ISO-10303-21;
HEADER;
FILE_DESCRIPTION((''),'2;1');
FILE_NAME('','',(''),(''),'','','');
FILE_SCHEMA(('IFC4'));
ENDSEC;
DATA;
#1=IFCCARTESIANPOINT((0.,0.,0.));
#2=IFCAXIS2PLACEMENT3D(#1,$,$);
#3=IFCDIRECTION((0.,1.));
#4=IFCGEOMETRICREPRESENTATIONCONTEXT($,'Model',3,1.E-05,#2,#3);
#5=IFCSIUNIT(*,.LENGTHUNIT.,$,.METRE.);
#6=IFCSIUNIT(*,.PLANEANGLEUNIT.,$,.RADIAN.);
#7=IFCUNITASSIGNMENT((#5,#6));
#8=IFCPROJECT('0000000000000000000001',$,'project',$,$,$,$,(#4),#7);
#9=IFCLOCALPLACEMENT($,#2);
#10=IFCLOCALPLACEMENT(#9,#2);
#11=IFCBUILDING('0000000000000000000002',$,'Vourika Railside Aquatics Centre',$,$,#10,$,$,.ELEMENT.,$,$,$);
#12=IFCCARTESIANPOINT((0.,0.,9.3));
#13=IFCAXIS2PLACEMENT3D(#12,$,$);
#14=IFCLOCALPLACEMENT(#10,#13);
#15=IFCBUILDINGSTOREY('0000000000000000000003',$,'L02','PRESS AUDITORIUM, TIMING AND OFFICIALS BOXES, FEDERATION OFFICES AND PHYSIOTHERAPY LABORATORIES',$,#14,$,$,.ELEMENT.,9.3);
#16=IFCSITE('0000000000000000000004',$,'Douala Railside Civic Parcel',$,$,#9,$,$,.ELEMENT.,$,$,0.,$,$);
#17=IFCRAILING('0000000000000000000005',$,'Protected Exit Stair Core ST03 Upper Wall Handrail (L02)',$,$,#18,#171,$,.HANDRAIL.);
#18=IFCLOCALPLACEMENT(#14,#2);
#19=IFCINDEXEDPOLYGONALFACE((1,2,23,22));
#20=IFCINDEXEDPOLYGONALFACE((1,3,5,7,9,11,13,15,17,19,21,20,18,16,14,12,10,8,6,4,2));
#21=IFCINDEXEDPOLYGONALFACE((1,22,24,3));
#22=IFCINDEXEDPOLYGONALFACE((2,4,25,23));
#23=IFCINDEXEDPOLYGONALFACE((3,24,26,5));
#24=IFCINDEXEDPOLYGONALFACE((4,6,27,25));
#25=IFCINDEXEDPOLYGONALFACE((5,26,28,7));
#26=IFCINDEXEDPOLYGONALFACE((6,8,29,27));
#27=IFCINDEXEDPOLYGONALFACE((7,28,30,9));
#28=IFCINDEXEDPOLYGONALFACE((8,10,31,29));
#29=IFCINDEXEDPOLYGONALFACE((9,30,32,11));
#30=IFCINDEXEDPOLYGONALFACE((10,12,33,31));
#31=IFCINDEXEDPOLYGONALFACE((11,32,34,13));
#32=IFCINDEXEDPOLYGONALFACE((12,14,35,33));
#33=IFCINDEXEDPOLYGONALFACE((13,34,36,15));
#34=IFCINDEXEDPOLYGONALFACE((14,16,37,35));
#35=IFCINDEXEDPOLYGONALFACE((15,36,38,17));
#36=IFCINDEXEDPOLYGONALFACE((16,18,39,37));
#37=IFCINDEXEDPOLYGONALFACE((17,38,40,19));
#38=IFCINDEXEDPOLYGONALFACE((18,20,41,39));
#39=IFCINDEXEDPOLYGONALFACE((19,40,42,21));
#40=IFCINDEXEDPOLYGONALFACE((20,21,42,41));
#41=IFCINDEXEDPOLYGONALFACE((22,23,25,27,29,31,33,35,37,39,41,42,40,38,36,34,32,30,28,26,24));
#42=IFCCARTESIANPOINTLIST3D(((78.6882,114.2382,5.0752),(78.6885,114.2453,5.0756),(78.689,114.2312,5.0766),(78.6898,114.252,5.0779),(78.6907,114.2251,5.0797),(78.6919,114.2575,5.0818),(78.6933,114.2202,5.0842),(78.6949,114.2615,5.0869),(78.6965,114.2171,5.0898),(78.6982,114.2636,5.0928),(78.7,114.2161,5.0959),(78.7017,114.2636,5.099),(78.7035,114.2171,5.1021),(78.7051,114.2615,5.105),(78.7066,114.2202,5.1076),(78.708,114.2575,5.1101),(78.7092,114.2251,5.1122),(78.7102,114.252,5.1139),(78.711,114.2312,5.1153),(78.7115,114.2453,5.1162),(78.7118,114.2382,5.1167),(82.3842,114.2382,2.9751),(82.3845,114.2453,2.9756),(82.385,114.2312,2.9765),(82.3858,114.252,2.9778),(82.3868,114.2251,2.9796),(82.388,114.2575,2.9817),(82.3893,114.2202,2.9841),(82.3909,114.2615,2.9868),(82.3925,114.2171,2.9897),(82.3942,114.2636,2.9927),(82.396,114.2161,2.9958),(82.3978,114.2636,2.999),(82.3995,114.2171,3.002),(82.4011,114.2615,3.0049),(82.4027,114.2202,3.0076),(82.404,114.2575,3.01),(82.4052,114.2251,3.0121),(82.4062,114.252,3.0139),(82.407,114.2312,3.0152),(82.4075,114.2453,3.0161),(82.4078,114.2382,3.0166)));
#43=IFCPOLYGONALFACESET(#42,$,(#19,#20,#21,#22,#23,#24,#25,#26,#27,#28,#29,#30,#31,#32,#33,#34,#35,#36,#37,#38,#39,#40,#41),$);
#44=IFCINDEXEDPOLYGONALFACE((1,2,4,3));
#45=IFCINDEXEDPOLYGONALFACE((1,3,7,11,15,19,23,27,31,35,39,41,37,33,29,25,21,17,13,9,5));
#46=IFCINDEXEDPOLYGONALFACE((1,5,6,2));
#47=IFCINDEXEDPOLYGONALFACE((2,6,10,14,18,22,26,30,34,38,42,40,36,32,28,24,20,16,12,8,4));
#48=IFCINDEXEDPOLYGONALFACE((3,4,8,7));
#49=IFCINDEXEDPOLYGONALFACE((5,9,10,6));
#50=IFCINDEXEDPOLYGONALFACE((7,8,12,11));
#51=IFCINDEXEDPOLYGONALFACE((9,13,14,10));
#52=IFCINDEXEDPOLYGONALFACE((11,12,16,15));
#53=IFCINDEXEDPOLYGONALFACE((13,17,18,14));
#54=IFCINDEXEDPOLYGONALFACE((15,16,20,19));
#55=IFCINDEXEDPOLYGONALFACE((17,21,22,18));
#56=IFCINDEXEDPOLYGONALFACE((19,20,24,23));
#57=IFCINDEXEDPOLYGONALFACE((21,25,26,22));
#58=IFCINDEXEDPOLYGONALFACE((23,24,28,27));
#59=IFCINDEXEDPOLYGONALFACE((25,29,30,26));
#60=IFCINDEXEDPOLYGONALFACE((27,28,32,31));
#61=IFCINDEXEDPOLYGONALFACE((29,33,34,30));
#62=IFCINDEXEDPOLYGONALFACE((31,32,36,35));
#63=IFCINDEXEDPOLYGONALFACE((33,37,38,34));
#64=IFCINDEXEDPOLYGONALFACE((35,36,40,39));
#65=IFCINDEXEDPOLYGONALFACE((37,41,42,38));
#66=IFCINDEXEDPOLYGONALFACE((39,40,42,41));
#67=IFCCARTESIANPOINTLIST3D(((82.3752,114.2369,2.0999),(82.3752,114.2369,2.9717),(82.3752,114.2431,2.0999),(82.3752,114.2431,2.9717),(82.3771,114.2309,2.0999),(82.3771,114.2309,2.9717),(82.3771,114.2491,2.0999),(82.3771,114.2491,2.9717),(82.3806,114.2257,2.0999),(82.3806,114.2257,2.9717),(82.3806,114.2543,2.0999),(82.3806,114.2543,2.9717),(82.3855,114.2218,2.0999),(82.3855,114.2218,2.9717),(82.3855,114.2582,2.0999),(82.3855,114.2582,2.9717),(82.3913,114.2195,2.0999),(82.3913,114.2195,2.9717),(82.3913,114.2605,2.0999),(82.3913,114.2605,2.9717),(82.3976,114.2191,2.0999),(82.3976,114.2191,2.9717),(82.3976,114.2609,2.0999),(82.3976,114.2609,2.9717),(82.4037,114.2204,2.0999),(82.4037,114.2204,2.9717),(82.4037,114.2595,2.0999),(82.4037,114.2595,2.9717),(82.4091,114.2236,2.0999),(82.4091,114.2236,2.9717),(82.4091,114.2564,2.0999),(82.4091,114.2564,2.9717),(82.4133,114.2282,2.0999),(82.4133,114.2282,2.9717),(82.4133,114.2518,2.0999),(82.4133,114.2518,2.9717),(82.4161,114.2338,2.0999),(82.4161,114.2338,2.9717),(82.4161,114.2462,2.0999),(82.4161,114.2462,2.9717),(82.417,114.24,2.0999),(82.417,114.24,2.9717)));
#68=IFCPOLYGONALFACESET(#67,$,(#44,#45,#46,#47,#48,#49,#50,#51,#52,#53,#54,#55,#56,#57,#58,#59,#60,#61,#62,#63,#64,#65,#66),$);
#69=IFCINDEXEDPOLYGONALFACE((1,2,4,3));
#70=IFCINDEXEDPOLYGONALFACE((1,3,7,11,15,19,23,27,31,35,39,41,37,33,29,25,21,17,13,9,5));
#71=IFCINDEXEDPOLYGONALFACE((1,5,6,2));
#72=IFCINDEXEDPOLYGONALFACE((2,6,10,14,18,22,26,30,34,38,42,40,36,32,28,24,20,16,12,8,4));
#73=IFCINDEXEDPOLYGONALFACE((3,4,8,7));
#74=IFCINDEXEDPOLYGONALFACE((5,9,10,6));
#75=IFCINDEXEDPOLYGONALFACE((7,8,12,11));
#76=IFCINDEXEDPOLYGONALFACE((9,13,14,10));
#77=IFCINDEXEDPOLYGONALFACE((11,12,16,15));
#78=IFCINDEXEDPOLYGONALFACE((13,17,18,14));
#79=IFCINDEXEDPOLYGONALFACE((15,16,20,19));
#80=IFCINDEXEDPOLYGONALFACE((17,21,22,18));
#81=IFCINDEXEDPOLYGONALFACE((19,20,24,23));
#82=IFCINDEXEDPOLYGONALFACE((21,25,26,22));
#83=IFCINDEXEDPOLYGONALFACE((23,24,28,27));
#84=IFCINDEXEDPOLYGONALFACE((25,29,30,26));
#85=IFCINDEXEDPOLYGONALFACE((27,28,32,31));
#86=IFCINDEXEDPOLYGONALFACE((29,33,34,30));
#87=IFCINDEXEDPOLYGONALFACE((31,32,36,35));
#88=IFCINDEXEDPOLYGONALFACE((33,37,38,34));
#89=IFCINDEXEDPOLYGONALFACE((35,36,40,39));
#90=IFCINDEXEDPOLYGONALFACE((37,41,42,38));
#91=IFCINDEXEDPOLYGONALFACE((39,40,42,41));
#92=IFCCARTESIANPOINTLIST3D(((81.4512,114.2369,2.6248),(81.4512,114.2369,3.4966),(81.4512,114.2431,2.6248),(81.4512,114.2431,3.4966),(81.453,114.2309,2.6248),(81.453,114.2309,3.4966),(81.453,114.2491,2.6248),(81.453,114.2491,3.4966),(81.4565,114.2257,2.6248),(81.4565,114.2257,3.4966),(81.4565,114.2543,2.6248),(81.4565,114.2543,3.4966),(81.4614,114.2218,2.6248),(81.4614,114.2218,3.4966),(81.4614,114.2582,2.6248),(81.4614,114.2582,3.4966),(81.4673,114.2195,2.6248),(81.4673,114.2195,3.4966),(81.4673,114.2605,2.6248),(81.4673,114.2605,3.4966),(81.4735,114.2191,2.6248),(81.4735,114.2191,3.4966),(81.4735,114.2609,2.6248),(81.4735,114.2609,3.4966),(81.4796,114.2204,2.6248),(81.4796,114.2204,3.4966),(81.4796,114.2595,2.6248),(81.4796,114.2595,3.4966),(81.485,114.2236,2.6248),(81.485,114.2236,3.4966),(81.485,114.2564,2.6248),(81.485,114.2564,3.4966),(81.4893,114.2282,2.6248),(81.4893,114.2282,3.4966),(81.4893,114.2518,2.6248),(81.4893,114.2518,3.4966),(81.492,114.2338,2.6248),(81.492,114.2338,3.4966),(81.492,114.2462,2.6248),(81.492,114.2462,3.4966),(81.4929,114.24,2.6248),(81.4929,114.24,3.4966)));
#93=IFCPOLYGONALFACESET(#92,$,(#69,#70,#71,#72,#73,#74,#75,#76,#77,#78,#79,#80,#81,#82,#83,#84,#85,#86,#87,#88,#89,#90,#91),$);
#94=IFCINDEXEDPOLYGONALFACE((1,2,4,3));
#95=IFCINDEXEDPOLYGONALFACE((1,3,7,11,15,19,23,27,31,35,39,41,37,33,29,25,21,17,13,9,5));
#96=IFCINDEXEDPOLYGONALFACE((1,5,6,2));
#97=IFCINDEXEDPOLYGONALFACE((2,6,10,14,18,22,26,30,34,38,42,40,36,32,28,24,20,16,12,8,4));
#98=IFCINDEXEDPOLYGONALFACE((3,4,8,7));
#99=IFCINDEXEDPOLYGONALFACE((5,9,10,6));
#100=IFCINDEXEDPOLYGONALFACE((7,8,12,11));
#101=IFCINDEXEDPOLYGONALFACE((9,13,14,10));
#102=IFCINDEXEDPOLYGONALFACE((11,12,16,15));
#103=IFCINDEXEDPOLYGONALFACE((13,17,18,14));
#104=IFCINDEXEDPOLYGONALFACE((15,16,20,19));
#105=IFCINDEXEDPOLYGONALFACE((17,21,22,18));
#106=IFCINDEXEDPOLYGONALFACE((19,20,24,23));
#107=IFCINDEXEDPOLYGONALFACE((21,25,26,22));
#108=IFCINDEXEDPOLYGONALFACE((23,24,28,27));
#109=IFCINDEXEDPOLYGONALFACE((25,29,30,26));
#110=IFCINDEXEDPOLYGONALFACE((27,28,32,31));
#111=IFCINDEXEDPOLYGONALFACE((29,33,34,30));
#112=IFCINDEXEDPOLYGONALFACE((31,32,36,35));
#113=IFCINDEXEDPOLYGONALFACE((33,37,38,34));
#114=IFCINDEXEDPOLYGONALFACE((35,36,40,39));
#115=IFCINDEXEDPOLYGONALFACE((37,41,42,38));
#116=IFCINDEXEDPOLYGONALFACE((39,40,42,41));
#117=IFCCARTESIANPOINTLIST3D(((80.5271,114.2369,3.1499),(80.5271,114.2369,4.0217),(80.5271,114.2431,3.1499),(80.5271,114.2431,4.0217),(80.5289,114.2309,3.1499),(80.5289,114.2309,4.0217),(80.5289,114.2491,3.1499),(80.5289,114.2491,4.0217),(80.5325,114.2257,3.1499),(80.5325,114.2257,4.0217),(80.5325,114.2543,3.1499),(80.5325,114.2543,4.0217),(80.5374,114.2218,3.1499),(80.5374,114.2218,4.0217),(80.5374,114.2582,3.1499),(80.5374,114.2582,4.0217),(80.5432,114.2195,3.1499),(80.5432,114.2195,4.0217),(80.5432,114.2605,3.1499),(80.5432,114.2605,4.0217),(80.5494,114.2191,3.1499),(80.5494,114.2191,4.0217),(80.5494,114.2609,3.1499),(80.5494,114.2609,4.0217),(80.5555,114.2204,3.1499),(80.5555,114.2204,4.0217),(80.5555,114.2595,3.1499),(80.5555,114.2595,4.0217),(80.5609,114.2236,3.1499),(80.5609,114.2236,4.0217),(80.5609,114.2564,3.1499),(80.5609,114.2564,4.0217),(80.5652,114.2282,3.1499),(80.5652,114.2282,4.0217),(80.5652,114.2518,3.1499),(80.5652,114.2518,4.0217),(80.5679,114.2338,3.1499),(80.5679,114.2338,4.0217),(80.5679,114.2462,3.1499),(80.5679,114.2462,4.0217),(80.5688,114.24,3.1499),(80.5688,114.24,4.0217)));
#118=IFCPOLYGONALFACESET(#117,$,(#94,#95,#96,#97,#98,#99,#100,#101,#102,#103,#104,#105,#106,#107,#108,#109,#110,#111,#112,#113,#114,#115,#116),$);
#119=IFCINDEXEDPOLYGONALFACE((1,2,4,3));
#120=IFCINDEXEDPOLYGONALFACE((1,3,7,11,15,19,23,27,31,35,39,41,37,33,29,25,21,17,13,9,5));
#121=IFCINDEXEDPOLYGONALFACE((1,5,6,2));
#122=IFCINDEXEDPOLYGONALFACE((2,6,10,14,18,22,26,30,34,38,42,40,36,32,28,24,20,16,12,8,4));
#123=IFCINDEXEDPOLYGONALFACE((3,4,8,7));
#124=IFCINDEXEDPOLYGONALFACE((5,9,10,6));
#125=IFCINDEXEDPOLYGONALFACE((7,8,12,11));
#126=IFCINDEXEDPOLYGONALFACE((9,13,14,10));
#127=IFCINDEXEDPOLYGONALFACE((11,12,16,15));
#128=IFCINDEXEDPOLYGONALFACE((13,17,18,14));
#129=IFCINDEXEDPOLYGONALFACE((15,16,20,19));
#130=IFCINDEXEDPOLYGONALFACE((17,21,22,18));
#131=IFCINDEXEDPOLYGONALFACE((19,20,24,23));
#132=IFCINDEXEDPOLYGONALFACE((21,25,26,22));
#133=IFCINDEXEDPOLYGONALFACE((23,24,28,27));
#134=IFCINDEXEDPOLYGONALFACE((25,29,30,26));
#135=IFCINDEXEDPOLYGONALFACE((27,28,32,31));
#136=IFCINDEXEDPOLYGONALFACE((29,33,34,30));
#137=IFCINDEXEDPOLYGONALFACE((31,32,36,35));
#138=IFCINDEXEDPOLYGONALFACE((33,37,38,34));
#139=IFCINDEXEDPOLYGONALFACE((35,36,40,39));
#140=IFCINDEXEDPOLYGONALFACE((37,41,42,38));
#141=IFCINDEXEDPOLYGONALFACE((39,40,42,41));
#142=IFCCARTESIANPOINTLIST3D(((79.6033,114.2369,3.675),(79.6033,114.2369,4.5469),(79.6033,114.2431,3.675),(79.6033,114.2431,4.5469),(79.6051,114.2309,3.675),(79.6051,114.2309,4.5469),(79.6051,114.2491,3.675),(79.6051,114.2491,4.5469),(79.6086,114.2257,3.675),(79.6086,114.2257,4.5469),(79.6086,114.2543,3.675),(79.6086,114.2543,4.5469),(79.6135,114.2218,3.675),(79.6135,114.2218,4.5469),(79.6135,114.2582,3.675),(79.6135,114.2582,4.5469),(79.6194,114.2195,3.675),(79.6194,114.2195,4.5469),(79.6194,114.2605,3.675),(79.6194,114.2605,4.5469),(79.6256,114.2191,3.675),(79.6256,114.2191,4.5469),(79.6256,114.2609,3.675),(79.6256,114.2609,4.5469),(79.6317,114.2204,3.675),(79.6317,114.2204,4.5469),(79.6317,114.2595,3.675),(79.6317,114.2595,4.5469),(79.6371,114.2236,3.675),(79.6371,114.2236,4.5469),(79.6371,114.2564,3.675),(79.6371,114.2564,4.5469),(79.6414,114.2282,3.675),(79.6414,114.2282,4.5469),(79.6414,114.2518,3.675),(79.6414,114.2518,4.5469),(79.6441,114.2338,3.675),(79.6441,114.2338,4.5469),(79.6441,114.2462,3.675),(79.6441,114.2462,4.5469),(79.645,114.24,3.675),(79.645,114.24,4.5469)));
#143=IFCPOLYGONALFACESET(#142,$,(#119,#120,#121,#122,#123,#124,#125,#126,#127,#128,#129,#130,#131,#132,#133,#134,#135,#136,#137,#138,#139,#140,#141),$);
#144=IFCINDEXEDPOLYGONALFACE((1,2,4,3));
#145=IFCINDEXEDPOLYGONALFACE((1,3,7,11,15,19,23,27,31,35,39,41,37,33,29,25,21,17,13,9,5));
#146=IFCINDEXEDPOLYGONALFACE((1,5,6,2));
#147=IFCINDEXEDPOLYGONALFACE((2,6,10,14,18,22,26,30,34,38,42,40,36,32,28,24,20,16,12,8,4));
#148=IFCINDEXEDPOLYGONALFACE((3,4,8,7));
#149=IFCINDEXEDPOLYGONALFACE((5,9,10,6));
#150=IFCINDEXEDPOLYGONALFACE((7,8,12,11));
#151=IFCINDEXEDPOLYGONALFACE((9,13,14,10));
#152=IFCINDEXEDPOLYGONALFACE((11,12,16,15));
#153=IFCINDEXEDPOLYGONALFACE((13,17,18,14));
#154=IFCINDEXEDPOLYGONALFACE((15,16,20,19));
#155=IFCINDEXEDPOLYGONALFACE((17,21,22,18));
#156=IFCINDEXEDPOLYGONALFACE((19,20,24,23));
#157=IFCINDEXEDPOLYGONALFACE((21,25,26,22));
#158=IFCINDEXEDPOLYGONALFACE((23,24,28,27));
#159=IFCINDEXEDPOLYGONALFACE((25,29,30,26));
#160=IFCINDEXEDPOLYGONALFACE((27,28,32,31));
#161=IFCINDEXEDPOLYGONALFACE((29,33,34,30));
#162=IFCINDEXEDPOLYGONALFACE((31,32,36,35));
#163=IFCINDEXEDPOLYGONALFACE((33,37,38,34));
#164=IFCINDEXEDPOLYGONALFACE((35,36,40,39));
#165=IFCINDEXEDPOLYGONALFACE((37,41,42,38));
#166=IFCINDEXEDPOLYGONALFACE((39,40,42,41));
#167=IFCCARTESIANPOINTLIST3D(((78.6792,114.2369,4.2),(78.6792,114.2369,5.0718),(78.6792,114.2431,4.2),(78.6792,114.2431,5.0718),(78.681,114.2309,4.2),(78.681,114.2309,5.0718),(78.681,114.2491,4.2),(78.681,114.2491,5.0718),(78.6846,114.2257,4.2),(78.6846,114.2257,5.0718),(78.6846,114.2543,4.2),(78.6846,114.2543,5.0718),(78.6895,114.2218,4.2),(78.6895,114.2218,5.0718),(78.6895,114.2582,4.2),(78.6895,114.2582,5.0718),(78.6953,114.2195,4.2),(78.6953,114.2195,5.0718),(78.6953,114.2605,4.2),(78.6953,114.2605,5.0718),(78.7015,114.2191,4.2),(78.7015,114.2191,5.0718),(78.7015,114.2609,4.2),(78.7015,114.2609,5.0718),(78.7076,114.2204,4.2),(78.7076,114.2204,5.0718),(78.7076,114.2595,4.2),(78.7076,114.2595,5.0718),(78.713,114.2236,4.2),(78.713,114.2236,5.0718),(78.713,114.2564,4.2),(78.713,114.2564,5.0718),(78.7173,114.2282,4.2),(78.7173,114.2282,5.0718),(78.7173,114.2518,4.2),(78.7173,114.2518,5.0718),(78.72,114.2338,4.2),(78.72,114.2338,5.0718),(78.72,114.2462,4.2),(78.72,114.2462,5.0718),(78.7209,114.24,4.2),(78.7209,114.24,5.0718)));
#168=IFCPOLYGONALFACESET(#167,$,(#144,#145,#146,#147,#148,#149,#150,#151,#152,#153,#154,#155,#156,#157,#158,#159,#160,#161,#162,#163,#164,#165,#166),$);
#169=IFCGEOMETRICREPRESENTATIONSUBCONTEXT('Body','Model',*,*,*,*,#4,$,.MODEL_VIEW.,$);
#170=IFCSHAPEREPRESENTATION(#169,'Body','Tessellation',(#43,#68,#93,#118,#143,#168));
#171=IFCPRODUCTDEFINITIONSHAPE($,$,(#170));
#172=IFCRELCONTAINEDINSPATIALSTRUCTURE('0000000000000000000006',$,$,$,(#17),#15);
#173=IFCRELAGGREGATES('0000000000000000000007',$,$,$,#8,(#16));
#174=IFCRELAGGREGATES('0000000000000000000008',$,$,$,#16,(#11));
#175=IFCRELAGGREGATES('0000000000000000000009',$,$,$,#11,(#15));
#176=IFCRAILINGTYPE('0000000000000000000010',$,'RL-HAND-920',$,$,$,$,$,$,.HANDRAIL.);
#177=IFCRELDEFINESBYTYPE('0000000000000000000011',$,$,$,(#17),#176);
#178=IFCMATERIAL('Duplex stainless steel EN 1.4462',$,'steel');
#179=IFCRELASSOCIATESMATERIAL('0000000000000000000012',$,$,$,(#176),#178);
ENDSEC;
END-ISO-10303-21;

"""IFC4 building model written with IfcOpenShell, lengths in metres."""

from ifc_helpers import new_model, si_unit, direction, frame, origin, origin_2d, place, context, subcontext, project, spatial, circle, extrude, material, type_object, element, save


model = new_model("IFC4")

# Units and contexts
model_context = context("Model", 3, precision=1e-05, world=origin(), true_north=direction((0.0, 1.0)))
body_context = subcontext(model_context, "Body", "Model", "MODEL_VIEW")
ifc_project = project(units=[si_unit("LENGTHUNIT", "METRE"), si_unit("PLANEANGLEUNIT", "RADIAN")], contexts=[model_context])

# Site, building, storey
site_placement = place(None, origin())
site = spatial("IfcSite", under=ifc_project, at=site_placement, Name="Douala Railside Civic Parcel", CompositionType="ELEMENT", RefElevation=0.0)
building_placement = place(site_placement, origin())
building = spatial("IfcBuilding", under=site, at=building_placement, Name="Vourika Railside Aquatics Centre", CompositionType="ELEMENT")
storey_placement = place(building_placement, frame((0.0, 0.0, 9.3)))
storey = spatial("IfcBuildingStorey", under=building, at=storey_placement, Name="L02", Description="PRESS AUDITORIUM, TIMING AND OFFICIALS BOXES, FEDERATION OFFICES AND PHYSIOTHERAPY LABORATORIES", CompositionType="ELEMENT", Elevation=9.3)

# Railing
ifc_material_1 = material(Name="Duplex stainless steel EN 1.4462", Category="steel")
railing_type_1 = type_object("IfcRailingType", Name="RL-HAND-920", PredefinedType="HANDRAIL", material=ifc_material_1)
railing_1_placement = place(storey_placement, frame((82.396, 114.24, 2.0999)))
element("IfcRailing", 1, at=railing_1_placement, inside=storey, type_object=railing_type_1, Name="Protected Exit Stair Core ST03 Upper Wall Handrail (L02)", PredefinedType="HANDRAIL", context=body_context, shape_type="SweptSolid", body=[
    extrude(circle(Radius=0.0239, at=origin_2d()), frame((0.0, 0.0, 0.896), z_axis=(-0.869449, 0.0, 0.494022), x_axis=(0.0, -1.0, 0.0)), (0.0, 0.0, 1.0), 4.251),
    extrude(circle(Radius=0.021, at=origin_2d()), origin(), (0.0, 0.0, 1.0), 0.8718),
    extrude(circle(Radius=0.021, at=origin_2d()), frame((-0.9241, 0.0, 0.5249)), (0.0, 0.0, 1.0), 0.8718),
    extrude(circle(Radius=0.021, at=origin_2d()), frame((-1.8481, 0.0, 1.05)), (0.0, 0.0, 1.0), 0.8718),
    extrude(circle(Radius=0.021, at=origin_2d()), frame((-2.772, 0.0, 1.5752)), (0.0, 0.0, 1.0), 0.8718),
    extrude(circle(Radius=0.021, at=origin_2d()), frame((-3.696, 0.0, 2.1001)), (0.0, 0.0, 1.0), 0.8718),
])

save(model, "model.ifc")
